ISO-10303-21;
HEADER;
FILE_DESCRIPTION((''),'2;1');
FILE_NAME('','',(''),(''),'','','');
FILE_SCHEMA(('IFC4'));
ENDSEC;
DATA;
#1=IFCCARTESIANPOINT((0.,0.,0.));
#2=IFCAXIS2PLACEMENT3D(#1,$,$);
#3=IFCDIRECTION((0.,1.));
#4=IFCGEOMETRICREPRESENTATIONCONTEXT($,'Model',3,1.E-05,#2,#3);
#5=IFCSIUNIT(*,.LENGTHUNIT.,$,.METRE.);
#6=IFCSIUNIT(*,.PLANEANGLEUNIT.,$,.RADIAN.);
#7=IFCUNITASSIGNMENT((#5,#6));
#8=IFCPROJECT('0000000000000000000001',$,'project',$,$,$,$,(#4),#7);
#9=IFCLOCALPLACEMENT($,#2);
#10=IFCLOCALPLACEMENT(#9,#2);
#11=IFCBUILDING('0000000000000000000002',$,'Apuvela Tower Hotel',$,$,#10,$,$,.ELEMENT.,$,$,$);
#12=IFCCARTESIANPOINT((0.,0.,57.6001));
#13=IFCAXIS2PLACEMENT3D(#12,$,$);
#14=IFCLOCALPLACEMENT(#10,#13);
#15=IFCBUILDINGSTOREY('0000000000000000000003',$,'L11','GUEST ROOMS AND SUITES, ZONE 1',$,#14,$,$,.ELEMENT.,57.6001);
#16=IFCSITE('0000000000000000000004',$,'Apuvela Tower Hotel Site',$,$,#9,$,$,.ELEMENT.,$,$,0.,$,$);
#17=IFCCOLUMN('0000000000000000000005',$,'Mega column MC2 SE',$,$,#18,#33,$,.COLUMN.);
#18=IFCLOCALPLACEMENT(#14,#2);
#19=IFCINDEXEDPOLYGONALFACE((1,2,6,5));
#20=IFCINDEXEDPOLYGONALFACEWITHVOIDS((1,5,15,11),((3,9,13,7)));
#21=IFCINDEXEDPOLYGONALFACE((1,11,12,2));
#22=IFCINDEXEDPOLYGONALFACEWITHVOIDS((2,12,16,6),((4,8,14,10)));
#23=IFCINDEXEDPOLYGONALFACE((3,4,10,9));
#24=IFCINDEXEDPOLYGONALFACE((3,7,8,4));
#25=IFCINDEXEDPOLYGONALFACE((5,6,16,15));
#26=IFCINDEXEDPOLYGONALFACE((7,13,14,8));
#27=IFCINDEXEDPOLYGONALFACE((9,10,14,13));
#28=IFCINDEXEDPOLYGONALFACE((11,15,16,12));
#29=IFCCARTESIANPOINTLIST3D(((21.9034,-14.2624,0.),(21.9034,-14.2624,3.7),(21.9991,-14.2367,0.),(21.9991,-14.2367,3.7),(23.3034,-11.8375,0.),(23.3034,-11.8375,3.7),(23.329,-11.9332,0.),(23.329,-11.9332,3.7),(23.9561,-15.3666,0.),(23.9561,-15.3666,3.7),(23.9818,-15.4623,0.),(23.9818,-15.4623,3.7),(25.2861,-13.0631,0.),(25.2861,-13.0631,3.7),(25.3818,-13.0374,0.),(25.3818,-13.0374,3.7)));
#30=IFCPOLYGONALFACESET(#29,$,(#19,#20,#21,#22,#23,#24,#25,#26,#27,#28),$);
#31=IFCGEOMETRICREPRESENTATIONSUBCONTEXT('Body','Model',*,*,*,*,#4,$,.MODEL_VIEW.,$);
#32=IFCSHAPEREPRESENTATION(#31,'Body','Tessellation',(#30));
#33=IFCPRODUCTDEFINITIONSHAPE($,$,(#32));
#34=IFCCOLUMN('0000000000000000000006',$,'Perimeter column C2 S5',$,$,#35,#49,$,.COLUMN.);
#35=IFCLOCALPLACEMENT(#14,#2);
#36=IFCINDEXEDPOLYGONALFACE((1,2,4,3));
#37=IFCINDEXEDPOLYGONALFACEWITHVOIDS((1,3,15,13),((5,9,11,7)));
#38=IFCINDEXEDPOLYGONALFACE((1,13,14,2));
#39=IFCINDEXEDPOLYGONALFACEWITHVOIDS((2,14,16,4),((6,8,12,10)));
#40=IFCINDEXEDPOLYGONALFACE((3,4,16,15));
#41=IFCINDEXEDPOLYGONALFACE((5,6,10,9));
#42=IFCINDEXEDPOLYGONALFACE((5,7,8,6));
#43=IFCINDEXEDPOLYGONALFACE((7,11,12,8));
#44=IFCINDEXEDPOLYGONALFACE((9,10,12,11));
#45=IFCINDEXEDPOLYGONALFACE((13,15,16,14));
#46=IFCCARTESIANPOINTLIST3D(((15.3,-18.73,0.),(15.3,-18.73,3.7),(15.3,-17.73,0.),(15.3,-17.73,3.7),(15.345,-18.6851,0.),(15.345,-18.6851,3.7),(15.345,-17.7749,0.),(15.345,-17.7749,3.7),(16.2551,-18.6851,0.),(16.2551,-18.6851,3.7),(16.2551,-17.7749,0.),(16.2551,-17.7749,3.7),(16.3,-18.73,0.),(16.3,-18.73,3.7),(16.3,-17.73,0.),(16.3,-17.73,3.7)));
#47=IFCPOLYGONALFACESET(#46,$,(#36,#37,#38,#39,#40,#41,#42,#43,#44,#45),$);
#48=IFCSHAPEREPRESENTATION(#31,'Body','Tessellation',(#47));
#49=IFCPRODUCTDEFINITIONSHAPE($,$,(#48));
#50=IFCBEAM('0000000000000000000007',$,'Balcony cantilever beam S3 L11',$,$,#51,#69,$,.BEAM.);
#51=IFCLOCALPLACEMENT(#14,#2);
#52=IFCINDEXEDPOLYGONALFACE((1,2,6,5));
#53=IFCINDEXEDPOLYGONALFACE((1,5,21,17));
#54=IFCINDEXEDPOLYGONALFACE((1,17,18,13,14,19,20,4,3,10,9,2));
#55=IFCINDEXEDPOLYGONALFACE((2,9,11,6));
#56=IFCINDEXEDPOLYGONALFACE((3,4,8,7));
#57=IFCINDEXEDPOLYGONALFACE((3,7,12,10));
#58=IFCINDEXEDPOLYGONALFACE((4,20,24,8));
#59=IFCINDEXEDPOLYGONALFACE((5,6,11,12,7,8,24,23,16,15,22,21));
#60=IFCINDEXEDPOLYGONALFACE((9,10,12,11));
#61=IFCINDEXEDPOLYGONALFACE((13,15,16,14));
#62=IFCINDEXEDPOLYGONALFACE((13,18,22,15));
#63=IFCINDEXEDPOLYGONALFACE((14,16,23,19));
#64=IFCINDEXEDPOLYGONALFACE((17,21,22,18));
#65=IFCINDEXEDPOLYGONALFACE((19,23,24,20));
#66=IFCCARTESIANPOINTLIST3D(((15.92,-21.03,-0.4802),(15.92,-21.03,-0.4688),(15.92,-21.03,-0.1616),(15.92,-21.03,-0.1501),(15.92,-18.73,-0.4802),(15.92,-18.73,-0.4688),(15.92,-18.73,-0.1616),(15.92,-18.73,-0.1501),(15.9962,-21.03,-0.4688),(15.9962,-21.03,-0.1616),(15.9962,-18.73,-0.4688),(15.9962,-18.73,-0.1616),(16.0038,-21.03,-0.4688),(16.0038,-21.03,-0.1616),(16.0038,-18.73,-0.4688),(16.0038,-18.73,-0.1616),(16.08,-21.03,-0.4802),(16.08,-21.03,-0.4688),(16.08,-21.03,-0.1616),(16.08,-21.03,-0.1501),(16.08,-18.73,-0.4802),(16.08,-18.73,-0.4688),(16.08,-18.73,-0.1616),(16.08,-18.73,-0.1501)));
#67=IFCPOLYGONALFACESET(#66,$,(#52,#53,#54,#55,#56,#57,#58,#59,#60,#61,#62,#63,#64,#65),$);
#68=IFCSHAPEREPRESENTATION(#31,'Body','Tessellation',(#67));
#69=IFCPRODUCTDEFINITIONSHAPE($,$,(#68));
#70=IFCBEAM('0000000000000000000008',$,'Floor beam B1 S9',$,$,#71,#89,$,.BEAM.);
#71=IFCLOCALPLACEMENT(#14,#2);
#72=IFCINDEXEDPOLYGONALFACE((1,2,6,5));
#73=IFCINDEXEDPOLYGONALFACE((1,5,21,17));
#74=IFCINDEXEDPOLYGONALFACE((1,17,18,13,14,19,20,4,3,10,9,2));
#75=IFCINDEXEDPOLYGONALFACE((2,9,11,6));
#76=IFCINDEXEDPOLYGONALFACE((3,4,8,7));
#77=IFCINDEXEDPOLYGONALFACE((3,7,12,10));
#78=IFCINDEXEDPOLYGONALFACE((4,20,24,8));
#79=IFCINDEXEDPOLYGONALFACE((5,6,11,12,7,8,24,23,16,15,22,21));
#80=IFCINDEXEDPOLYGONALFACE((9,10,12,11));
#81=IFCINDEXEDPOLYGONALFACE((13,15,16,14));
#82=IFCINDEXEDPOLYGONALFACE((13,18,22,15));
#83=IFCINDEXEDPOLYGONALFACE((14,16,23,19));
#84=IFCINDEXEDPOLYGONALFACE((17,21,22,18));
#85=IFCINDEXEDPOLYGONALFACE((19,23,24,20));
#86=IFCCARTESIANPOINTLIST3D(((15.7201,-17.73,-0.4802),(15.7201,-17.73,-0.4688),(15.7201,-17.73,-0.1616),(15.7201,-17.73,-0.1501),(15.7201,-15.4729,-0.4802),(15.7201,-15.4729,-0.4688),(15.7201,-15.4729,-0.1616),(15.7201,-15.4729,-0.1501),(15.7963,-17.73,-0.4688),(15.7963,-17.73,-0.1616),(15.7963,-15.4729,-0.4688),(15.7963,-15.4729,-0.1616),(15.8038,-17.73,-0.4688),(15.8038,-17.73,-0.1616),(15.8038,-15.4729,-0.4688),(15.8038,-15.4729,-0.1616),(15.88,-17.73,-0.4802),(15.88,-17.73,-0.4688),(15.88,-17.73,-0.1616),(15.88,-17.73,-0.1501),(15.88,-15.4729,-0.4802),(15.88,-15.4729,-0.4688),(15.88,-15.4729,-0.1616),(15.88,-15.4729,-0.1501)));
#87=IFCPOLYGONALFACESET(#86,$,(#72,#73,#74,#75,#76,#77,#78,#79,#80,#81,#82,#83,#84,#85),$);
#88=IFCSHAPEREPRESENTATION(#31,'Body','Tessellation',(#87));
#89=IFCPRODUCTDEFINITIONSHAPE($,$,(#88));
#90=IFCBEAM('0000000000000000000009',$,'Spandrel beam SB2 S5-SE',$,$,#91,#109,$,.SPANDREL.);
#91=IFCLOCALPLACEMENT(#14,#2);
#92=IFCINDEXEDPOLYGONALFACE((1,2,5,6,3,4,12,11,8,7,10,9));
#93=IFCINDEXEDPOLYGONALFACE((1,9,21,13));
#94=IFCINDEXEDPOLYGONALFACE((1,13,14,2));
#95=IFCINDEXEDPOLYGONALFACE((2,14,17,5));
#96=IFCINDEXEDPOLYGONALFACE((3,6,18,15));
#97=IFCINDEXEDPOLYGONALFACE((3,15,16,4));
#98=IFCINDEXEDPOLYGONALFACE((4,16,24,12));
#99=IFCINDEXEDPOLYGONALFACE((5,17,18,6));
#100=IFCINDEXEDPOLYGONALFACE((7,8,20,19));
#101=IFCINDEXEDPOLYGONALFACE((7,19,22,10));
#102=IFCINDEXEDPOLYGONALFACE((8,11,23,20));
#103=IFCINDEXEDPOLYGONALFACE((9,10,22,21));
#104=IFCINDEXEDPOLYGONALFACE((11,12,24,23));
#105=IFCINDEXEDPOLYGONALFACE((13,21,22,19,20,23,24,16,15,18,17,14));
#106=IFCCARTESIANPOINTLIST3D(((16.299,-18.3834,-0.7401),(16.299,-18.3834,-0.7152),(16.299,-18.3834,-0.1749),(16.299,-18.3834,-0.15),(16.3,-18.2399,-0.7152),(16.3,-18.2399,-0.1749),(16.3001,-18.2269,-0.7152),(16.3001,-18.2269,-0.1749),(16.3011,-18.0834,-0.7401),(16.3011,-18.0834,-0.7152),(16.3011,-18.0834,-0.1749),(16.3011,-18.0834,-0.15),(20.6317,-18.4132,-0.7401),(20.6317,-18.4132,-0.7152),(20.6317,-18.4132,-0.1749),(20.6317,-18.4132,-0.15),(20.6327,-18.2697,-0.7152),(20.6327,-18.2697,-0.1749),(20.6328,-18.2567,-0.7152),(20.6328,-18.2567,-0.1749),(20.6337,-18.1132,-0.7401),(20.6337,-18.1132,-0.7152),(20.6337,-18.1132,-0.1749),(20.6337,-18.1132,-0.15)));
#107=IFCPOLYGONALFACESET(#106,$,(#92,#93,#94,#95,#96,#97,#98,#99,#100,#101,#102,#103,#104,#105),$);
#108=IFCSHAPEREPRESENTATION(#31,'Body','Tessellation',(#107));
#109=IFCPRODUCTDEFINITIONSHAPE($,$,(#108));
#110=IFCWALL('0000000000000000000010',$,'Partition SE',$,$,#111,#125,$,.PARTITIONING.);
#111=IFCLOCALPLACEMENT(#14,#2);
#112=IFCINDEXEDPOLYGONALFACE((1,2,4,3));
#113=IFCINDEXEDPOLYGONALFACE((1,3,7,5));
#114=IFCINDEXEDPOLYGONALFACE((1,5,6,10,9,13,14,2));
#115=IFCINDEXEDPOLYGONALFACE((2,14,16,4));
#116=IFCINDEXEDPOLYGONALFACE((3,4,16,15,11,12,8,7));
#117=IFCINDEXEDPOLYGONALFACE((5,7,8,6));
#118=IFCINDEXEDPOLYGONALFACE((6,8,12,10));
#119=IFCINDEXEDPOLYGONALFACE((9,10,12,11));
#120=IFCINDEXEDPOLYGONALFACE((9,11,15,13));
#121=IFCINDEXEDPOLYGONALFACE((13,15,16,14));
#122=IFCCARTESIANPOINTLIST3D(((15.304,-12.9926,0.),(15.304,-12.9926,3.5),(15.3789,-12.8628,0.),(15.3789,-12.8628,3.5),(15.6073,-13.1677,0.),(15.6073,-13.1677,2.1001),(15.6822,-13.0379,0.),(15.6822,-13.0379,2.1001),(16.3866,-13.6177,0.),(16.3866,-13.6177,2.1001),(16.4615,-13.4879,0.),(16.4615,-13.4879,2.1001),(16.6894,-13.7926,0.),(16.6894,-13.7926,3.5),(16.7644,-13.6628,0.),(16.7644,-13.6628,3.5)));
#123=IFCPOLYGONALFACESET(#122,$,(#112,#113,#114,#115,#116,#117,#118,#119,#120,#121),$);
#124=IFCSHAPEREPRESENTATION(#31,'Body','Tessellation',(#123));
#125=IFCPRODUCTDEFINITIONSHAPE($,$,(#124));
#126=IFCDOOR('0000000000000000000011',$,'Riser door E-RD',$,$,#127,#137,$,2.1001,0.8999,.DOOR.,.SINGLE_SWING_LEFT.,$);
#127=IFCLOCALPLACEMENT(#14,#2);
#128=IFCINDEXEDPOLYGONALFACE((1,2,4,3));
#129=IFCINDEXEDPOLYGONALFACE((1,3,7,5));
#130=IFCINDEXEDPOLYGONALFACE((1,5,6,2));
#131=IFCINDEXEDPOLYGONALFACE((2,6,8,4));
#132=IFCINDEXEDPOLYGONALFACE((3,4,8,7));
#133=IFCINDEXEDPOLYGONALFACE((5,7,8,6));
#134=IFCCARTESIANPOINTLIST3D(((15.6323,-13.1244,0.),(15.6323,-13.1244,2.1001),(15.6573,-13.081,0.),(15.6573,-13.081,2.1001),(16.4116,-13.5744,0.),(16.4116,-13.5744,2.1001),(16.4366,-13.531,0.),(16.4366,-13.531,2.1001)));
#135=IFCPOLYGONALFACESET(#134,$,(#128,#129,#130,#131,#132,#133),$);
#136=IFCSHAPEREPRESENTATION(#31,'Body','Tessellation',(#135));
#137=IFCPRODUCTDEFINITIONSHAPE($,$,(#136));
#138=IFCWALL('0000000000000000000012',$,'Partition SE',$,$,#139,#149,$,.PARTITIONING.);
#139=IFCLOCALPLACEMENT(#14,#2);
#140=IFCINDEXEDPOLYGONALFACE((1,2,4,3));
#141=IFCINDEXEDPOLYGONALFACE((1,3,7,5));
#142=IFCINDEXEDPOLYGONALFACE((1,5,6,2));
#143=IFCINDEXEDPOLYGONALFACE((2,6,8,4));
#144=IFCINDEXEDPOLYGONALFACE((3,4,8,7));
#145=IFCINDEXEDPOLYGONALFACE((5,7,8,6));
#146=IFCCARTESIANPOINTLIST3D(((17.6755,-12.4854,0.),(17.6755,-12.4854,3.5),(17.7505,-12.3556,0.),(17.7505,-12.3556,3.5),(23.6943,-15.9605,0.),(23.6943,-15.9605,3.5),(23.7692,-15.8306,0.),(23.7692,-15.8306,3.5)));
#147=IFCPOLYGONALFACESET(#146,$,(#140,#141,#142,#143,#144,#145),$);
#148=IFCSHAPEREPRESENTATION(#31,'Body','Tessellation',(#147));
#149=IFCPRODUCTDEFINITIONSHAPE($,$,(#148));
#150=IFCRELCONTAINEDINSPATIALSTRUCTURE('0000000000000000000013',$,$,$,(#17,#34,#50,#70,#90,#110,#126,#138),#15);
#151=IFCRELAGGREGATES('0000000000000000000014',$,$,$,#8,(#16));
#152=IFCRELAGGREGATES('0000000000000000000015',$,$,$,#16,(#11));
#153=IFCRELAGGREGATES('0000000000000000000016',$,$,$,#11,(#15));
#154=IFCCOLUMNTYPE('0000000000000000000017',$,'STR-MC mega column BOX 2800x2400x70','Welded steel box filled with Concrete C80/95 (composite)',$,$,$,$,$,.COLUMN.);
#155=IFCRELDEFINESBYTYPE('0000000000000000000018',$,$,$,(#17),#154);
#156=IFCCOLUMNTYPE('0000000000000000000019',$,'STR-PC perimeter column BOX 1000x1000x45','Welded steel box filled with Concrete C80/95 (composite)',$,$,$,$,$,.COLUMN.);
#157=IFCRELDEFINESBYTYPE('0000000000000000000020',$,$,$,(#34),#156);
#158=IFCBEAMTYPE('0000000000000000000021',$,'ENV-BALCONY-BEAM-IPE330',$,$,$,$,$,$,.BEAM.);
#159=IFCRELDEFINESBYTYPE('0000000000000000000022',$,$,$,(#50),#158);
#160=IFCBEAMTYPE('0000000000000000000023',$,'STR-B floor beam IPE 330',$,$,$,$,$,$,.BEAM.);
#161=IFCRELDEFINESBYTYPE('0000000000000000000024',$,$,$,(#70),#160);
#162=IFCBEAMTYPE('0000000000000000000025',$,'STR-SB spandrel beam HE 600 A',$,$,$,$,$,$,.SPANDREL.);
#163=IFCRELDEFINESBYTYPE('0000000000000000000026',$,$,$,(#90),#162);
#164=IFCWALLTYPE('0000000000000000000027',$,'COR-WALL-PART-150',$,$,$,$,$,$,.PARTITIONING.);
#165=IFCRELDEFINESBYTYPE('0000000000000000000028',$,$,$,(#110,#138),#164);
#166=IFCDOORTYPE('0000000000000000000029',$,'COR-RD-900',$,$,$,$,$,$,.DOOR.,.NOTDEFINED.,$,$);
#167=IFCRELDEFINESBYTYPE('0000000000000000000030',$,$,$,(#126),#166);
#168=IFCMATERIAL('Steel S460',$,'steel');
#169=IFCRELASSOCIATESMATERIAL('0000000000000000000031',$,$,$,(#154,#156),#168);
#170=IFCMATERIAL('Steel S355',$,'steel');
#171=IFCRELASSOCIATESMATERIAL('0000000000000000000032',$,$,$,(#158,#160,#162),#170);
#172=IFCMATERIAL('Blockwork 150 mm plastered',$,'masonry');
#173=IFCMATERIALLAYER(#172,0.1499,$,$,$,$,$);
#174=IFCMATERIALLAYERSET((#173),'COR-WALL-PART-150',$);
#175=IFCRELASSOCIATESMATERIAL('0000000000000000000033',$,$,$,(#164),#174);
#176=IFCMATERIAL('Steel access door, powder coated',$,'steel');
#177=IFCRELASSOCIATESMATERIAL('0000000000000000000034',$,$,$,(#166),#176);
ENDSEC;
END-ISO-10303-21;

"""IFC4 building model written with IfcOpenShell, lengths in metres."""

from ifc_helpers import new_model, si_unit, direction, frame, frame_2d, origin, origin_2d, place, context, subcontext, project, spatial, rectangle, hollow_rectangle, i_section, extrude, material, layer, layer_set, material_profile, profile_set, type_object, element, fill, save


model = new_model("IFC4")

# Units and contexts
model_context = context("Model", 3, precision=1e-05, world=origin(), true_north=direction((0.0, 1.0)))
body_context = subcontext(model_context, "Body", "Model", "MODEL_VIEW")
ifc_project = project(units=[si_unit("LENGTHUNIT", "METRE"), si_unit("PLANEANGLEUNIT", "RADIAN")], contexts=[model_context])

# Site, building, storey
site_placement = place(None, origin())
site = spatial("IfcSite", under=ifc_project, at=site_placement, Name="Apuvela Tower Hotel Site", CompositionType="ELEMENT", RefElevation=0.0)
building_placement = place(site_placement, origin())
building = spatial("IfcBuilding", under=site, at=building_placement, Name="Apuvela Tower Hotel", CompositionType="ELEMENT")
storey_placement = place(building_placement, frame((0.0, 0.0, 57.6001)))
storey = spatial("IfcBuildingStorey", under=building, at=storey_placement, Name="L11", Description="GUEST ROOMS AND SUITES, ZONE 1", CompositionType="ELEMENT", Elevation=57.6001)

# Columns
ifc_material_1 = material(Name="Steel S460", Category="steel")
ifc_material_profile_1 = material_profile(ifc_material_1, hollow_rectangle(XDim=2.8, YDim=2.3999, WallThickness=0.0701, at=origin_2d()), Name="BOX 2800x2400x70")
ifc_material_2 = material(Name="Concrete C80/95", Category="concrete")
ifc_material_profile_2 = material_profile(ifc_material_2, rectangle(XDim=2.6599, YDim=2.26, at=origin_2d()), Name="Concrete C80/95 infill")
ifc_profile_set_1 = profile_set([ifc_material_profile_1, ifc_material_profile_2], Name="Steel S460")
column_type_1 = type_object("IfcColumnType", Name="STR-MC mega column BOX 2800x2400x70", Description="Welded steel box filled with Concrete C80/95 (composite)", PredefinedType="COLUMN", material=ifc_profile_set_1)
column_1_placement = place(storey_placement, frame((23.6426, -13.6499, 0.0), z_axis=(0.0, 0.0, 1.0), x_axis=(0.5, 0.866025, 0.0)))
element("IfcColumn", 1, at=column_1_placement, inside=storey, type_object=column_type_1, Name="Mega column MC2 SE", PredefinedType="COLUMN", context=body_context, shape_type="SweptSolid", body=[
    extrude(hollow_rectangle(XDim=2.8, YDim=2.3999, WallThickness=0.0701, at=origin_2d()), origin(), (0.0, 0.0, 1.0), 3.7),
])
ifc_material_profile_3 = material_profile(ifc_material_1, hollow_rectangle(XDim=1.0, YDim=1.0, WallThickness=0.0449, at=origin_2d()), Name="BOX 1000x1000x45")
ifc_material_profile_4 = material_profile(ifc_material_2, rectangle(XDim=0.9099, YDim=0.9099, at=origin_2d()), Name="Concrete C80/95 infill")
ifc_profile_set_2 = profile_set([ifc_material_profile_3, ifc_material_profile_4], Name="Steel S460")
column_type_2 = type_object("IfcColumnType", Name="STR-PC perimeter column BOX 1000x1000x45", Description="Welded steel box filled with Concrete C80/95 (composite)", PredefinedType="COLUMN", material=ifc_profile_set_2)
column_2_placement = place(storey_placement, frame((15.8, -18.23, 0.0), z_axis=(0.0, 0.0, 1.0), x_axis=(-1.0, 0.0, 0.0)))
element("IfcColumn", 2, at=column_2_placement, inside=storey, type_object=column_type_2, Name="Perimeter column C2 S5", PredefinedType="COLUMN", context=body_context, shape_type="SweptSolid", body=[
    extrude(hollow_rectangle(XDim=1.0, YDim=1.0, WallThickness=0.0449, at=origin_2d()), origin(), (0.0, 0.0, 1.0), 3.7),
])

# Beams
ifc_material_3 = material(Name="Steel S355", Category="steel")
ifc_material_profile_5 = material_profile(ifc_material_3, i_section(OverallWidth=0.1599, OverallDepth=0.3301, WebThickness=0.0076, FlangeThickness=0.0115, at=origin_2d()), Name="IPE 330")
ifc_profile_set_3 = profile_set([ifc_material_profile_5], Name="Steel S355")
beam_type_1 = type_object("IfcBeamType", Name="ENV-BALCONY-BEAM-IPE330", PredefinedType="BEAM", material=ifc_profile_set_3)
beam_1_placement = place(storey_placement, frame((16.0, -18.73, -0.3152), z_axis=(0.0, -1.0, 0.0), x_axis=(1.0, 0.0, 0.0)))
element("IfcBeam", 3, at=beam_1_placement, inside=storey, type_object=beam_type_1, Name="Balcony cantilever beam S3 L11", PredefinedType="BEAM", context=body_context, shape_type="SweptSolid", body=[
    extrude(i_section(OverallWidth=0.1599, OverallDepth=0.3301, WebThickness=0.0076, FlangeThickness=0.0115, at=origin_2d()), origin(), (0.0, 0.0, 1.0), 2.3),
])
ifc_material_profile_6 = material_profile(ifc_material_3, i_section(OverallWidth=0.1599, OverallDepth=0.3301, WebThickness=0.0076, FlangeThickness=0.0115, at=origin_2d()), Name="IPE 330")
ifc_profile_set_4 = profile_set([ifc_material_profile_6], Name="Steel S355")
beam_type_2 = type_object("IfcBeamType", Name="STR-B floor beam IPE 330", PredefinedType="BEAM", material=ifc_profile_set_4)
beam_2_placement = place(storey_placement, frame((15.8, -17.73, -0.3152), z_axis=(0.0, 1.0, 0.0), x_axis=(-1.0, 0.0, 0.0)))
element("IfcBeam", 4, at=beam_2_placement, inside=storey, type_object=beam_type_2, Name="Floor beam B1 S9", PredefinedType="BEAM", context=body_context, shape_type="SweptSolid", body=[
    extrude(i_section(OverallWidth=0.1599, OverallDepth=0.3301, WebThickness=0.0076, FlangeThickness=0.0115, at=origin_2d()), origin(), (0.0, 0.0, 1.0), 2.2571),
])
ifc_material_profile_7 = material_profile(ifc_material_3, i_section(OverallWidth=0.3, OverallDepth=0.5901, WebThickness=0.0129, FlangeThickness=0.0249, at=origin_2d()), Name="HE 600 A")
ifc_profile_set_5 = profile_set([ifc_material_profile_7], Name="Steel S355")
beam_type_3 = type_object("IfcBeamType", Name="STR-SB spandrel beam HE 600 A", PredefinedType="SPANDREL", material=ifc_profile_set_5)
beam_3_placement = place(storey_placement, frame((16.3, -18.2334, -0.4451), z_axis=(0.999976, -0.006874, 0.0), x_axis=(0.006874, 0.999976, 0.0)))
element("IfcBeam", 5, at=beam_3_placement, inside=storey, type_object=beam_type_3, Name="Spandrel beam SB2 S5-SE", PredefinedType="SPANDREL", context=body_context, shape_type="SweptSolid", body=[
    extrude(i_section(OverallWidth=0.3, OverallDepth=0.5901, WebThickness=0.0129, FlangeThickness=0.0249, at=origin_2d()), origin(), (0.0, 0.0, 1.0), 4.3328),
])

# Wall, opening, door
ifc_material_4 = material(Name="Blockwork 150 mm plastered", Category="masonry")
ifc_layer_1 = layer(ifc_material_4, 0.1499)
ifc_layer_set_1 = layer_set([ifc_layer_1], Name="COR-WALL-PART-150")
wall_type_1 = type_object("IfcWallType", Name="COR-WALL-PART-150", PredefinedType="PARTITIONING", material=ifc_layer_set_1)
wall_1_placement = place(storey_placement, frame((15.3416, -12.9277, 0.0), z_axis=(0.0, 0.0, 1.0), x_axis=(0.86599, -0.500061, 0.0)))
wall_1 = element("IfcWall", 6, at=wall_1_placement, inside=storey, type_object=wall_type_1, Name="Partition SE", PredefinedType="PARTITIONING", context=body_context, shape_type="SweptSolid", body=[
    extrude(rectangle(XDim=1.5999, YDim=0.1499, at=frame_2d((0.7998, 0.0))), origin(), (0.0, 0.0, 1.0), 3.5),
])
opening_1_placement = place(wall_1_placement, frame((0.3501, 0.0, 0.0)))
opening_1 = element("IfcOpeningElement", 7, at=opening_1_placement, cuts=wall_1, PredefinedType="OPENING", context=body_context, shape_type="SweptSolid", body=[
    extrude(rectangle(XDim=0.8999, YDim=2.1001, at=frame_2d((0.45, 1.05))), frame((0.0, 0.085, 0.0), z_axis=(0.0, -1.0, 0.0), x_axis=(1.0, 0.0, 0.0)), (0.0, 0.0, 1.0), 0.1699),
])
ifc_material_5 = material(Name="Steel access door, powder coated", Category="steel")
door_type_1 = type_object("IfcDoorType", Name="COR-RD-900", OperationType="NOTDEFINED", PredefinedType="DOOR", material=ifc_material_5)
door_1_placement = place(opening_1_placement, frame((0.8999, 0.0, 0.0), z_axis=(0.0, 0.0, 1.0), x_axis=(-1.0, 0.0, 0.0)))
door_1 = element("IfcDoor", 8, at=door_1_placement, inside=storey, type_object=door_type_1, Name="Riser door E-RD", OperationType="SINGLE_SWING_LEFT", OverallHeight=2.1001, OverallWidth=0.8999, PredefinedType="DOOR", context=body_context, shape_type="SweptSolid", body=[
    extrude(rectangle(XDim=0.8999, YDim=2.1001, at=frame_2d((0.45, 1.05))), frame((0.0, 0.0249, 0.0), z_axis=(0.0, -1.0, 0.0), x_axis=(1.0, 0.0, 0.0)), (0.0, 0.0, 1.0), 0.05),
])
fill(opening_1, door_1)

# Wall
wall_2_placement = place(storey_placement, frame((17.7129, -12.4204, 0.0), z_axis=(0.0, 0.0, 1.0), x_axis=(0.866017, -0.500015, 0.0)))
element("IfcWall", 9, at=wall_2_placement, inside=storey, type_object=wall_type_1, Name="Partition SE", PredefinedType="PARTITIONING", context=body_context, shape_type="SweptSolid", body=[
    extrude(rectangle(XDim=6.95, YDim=0.1499, at=frame_2d((3.4751, 0.0))), origin(), (0.0, 0.0, 1.0), 3.5),
])

save(model, "model.ifc")
